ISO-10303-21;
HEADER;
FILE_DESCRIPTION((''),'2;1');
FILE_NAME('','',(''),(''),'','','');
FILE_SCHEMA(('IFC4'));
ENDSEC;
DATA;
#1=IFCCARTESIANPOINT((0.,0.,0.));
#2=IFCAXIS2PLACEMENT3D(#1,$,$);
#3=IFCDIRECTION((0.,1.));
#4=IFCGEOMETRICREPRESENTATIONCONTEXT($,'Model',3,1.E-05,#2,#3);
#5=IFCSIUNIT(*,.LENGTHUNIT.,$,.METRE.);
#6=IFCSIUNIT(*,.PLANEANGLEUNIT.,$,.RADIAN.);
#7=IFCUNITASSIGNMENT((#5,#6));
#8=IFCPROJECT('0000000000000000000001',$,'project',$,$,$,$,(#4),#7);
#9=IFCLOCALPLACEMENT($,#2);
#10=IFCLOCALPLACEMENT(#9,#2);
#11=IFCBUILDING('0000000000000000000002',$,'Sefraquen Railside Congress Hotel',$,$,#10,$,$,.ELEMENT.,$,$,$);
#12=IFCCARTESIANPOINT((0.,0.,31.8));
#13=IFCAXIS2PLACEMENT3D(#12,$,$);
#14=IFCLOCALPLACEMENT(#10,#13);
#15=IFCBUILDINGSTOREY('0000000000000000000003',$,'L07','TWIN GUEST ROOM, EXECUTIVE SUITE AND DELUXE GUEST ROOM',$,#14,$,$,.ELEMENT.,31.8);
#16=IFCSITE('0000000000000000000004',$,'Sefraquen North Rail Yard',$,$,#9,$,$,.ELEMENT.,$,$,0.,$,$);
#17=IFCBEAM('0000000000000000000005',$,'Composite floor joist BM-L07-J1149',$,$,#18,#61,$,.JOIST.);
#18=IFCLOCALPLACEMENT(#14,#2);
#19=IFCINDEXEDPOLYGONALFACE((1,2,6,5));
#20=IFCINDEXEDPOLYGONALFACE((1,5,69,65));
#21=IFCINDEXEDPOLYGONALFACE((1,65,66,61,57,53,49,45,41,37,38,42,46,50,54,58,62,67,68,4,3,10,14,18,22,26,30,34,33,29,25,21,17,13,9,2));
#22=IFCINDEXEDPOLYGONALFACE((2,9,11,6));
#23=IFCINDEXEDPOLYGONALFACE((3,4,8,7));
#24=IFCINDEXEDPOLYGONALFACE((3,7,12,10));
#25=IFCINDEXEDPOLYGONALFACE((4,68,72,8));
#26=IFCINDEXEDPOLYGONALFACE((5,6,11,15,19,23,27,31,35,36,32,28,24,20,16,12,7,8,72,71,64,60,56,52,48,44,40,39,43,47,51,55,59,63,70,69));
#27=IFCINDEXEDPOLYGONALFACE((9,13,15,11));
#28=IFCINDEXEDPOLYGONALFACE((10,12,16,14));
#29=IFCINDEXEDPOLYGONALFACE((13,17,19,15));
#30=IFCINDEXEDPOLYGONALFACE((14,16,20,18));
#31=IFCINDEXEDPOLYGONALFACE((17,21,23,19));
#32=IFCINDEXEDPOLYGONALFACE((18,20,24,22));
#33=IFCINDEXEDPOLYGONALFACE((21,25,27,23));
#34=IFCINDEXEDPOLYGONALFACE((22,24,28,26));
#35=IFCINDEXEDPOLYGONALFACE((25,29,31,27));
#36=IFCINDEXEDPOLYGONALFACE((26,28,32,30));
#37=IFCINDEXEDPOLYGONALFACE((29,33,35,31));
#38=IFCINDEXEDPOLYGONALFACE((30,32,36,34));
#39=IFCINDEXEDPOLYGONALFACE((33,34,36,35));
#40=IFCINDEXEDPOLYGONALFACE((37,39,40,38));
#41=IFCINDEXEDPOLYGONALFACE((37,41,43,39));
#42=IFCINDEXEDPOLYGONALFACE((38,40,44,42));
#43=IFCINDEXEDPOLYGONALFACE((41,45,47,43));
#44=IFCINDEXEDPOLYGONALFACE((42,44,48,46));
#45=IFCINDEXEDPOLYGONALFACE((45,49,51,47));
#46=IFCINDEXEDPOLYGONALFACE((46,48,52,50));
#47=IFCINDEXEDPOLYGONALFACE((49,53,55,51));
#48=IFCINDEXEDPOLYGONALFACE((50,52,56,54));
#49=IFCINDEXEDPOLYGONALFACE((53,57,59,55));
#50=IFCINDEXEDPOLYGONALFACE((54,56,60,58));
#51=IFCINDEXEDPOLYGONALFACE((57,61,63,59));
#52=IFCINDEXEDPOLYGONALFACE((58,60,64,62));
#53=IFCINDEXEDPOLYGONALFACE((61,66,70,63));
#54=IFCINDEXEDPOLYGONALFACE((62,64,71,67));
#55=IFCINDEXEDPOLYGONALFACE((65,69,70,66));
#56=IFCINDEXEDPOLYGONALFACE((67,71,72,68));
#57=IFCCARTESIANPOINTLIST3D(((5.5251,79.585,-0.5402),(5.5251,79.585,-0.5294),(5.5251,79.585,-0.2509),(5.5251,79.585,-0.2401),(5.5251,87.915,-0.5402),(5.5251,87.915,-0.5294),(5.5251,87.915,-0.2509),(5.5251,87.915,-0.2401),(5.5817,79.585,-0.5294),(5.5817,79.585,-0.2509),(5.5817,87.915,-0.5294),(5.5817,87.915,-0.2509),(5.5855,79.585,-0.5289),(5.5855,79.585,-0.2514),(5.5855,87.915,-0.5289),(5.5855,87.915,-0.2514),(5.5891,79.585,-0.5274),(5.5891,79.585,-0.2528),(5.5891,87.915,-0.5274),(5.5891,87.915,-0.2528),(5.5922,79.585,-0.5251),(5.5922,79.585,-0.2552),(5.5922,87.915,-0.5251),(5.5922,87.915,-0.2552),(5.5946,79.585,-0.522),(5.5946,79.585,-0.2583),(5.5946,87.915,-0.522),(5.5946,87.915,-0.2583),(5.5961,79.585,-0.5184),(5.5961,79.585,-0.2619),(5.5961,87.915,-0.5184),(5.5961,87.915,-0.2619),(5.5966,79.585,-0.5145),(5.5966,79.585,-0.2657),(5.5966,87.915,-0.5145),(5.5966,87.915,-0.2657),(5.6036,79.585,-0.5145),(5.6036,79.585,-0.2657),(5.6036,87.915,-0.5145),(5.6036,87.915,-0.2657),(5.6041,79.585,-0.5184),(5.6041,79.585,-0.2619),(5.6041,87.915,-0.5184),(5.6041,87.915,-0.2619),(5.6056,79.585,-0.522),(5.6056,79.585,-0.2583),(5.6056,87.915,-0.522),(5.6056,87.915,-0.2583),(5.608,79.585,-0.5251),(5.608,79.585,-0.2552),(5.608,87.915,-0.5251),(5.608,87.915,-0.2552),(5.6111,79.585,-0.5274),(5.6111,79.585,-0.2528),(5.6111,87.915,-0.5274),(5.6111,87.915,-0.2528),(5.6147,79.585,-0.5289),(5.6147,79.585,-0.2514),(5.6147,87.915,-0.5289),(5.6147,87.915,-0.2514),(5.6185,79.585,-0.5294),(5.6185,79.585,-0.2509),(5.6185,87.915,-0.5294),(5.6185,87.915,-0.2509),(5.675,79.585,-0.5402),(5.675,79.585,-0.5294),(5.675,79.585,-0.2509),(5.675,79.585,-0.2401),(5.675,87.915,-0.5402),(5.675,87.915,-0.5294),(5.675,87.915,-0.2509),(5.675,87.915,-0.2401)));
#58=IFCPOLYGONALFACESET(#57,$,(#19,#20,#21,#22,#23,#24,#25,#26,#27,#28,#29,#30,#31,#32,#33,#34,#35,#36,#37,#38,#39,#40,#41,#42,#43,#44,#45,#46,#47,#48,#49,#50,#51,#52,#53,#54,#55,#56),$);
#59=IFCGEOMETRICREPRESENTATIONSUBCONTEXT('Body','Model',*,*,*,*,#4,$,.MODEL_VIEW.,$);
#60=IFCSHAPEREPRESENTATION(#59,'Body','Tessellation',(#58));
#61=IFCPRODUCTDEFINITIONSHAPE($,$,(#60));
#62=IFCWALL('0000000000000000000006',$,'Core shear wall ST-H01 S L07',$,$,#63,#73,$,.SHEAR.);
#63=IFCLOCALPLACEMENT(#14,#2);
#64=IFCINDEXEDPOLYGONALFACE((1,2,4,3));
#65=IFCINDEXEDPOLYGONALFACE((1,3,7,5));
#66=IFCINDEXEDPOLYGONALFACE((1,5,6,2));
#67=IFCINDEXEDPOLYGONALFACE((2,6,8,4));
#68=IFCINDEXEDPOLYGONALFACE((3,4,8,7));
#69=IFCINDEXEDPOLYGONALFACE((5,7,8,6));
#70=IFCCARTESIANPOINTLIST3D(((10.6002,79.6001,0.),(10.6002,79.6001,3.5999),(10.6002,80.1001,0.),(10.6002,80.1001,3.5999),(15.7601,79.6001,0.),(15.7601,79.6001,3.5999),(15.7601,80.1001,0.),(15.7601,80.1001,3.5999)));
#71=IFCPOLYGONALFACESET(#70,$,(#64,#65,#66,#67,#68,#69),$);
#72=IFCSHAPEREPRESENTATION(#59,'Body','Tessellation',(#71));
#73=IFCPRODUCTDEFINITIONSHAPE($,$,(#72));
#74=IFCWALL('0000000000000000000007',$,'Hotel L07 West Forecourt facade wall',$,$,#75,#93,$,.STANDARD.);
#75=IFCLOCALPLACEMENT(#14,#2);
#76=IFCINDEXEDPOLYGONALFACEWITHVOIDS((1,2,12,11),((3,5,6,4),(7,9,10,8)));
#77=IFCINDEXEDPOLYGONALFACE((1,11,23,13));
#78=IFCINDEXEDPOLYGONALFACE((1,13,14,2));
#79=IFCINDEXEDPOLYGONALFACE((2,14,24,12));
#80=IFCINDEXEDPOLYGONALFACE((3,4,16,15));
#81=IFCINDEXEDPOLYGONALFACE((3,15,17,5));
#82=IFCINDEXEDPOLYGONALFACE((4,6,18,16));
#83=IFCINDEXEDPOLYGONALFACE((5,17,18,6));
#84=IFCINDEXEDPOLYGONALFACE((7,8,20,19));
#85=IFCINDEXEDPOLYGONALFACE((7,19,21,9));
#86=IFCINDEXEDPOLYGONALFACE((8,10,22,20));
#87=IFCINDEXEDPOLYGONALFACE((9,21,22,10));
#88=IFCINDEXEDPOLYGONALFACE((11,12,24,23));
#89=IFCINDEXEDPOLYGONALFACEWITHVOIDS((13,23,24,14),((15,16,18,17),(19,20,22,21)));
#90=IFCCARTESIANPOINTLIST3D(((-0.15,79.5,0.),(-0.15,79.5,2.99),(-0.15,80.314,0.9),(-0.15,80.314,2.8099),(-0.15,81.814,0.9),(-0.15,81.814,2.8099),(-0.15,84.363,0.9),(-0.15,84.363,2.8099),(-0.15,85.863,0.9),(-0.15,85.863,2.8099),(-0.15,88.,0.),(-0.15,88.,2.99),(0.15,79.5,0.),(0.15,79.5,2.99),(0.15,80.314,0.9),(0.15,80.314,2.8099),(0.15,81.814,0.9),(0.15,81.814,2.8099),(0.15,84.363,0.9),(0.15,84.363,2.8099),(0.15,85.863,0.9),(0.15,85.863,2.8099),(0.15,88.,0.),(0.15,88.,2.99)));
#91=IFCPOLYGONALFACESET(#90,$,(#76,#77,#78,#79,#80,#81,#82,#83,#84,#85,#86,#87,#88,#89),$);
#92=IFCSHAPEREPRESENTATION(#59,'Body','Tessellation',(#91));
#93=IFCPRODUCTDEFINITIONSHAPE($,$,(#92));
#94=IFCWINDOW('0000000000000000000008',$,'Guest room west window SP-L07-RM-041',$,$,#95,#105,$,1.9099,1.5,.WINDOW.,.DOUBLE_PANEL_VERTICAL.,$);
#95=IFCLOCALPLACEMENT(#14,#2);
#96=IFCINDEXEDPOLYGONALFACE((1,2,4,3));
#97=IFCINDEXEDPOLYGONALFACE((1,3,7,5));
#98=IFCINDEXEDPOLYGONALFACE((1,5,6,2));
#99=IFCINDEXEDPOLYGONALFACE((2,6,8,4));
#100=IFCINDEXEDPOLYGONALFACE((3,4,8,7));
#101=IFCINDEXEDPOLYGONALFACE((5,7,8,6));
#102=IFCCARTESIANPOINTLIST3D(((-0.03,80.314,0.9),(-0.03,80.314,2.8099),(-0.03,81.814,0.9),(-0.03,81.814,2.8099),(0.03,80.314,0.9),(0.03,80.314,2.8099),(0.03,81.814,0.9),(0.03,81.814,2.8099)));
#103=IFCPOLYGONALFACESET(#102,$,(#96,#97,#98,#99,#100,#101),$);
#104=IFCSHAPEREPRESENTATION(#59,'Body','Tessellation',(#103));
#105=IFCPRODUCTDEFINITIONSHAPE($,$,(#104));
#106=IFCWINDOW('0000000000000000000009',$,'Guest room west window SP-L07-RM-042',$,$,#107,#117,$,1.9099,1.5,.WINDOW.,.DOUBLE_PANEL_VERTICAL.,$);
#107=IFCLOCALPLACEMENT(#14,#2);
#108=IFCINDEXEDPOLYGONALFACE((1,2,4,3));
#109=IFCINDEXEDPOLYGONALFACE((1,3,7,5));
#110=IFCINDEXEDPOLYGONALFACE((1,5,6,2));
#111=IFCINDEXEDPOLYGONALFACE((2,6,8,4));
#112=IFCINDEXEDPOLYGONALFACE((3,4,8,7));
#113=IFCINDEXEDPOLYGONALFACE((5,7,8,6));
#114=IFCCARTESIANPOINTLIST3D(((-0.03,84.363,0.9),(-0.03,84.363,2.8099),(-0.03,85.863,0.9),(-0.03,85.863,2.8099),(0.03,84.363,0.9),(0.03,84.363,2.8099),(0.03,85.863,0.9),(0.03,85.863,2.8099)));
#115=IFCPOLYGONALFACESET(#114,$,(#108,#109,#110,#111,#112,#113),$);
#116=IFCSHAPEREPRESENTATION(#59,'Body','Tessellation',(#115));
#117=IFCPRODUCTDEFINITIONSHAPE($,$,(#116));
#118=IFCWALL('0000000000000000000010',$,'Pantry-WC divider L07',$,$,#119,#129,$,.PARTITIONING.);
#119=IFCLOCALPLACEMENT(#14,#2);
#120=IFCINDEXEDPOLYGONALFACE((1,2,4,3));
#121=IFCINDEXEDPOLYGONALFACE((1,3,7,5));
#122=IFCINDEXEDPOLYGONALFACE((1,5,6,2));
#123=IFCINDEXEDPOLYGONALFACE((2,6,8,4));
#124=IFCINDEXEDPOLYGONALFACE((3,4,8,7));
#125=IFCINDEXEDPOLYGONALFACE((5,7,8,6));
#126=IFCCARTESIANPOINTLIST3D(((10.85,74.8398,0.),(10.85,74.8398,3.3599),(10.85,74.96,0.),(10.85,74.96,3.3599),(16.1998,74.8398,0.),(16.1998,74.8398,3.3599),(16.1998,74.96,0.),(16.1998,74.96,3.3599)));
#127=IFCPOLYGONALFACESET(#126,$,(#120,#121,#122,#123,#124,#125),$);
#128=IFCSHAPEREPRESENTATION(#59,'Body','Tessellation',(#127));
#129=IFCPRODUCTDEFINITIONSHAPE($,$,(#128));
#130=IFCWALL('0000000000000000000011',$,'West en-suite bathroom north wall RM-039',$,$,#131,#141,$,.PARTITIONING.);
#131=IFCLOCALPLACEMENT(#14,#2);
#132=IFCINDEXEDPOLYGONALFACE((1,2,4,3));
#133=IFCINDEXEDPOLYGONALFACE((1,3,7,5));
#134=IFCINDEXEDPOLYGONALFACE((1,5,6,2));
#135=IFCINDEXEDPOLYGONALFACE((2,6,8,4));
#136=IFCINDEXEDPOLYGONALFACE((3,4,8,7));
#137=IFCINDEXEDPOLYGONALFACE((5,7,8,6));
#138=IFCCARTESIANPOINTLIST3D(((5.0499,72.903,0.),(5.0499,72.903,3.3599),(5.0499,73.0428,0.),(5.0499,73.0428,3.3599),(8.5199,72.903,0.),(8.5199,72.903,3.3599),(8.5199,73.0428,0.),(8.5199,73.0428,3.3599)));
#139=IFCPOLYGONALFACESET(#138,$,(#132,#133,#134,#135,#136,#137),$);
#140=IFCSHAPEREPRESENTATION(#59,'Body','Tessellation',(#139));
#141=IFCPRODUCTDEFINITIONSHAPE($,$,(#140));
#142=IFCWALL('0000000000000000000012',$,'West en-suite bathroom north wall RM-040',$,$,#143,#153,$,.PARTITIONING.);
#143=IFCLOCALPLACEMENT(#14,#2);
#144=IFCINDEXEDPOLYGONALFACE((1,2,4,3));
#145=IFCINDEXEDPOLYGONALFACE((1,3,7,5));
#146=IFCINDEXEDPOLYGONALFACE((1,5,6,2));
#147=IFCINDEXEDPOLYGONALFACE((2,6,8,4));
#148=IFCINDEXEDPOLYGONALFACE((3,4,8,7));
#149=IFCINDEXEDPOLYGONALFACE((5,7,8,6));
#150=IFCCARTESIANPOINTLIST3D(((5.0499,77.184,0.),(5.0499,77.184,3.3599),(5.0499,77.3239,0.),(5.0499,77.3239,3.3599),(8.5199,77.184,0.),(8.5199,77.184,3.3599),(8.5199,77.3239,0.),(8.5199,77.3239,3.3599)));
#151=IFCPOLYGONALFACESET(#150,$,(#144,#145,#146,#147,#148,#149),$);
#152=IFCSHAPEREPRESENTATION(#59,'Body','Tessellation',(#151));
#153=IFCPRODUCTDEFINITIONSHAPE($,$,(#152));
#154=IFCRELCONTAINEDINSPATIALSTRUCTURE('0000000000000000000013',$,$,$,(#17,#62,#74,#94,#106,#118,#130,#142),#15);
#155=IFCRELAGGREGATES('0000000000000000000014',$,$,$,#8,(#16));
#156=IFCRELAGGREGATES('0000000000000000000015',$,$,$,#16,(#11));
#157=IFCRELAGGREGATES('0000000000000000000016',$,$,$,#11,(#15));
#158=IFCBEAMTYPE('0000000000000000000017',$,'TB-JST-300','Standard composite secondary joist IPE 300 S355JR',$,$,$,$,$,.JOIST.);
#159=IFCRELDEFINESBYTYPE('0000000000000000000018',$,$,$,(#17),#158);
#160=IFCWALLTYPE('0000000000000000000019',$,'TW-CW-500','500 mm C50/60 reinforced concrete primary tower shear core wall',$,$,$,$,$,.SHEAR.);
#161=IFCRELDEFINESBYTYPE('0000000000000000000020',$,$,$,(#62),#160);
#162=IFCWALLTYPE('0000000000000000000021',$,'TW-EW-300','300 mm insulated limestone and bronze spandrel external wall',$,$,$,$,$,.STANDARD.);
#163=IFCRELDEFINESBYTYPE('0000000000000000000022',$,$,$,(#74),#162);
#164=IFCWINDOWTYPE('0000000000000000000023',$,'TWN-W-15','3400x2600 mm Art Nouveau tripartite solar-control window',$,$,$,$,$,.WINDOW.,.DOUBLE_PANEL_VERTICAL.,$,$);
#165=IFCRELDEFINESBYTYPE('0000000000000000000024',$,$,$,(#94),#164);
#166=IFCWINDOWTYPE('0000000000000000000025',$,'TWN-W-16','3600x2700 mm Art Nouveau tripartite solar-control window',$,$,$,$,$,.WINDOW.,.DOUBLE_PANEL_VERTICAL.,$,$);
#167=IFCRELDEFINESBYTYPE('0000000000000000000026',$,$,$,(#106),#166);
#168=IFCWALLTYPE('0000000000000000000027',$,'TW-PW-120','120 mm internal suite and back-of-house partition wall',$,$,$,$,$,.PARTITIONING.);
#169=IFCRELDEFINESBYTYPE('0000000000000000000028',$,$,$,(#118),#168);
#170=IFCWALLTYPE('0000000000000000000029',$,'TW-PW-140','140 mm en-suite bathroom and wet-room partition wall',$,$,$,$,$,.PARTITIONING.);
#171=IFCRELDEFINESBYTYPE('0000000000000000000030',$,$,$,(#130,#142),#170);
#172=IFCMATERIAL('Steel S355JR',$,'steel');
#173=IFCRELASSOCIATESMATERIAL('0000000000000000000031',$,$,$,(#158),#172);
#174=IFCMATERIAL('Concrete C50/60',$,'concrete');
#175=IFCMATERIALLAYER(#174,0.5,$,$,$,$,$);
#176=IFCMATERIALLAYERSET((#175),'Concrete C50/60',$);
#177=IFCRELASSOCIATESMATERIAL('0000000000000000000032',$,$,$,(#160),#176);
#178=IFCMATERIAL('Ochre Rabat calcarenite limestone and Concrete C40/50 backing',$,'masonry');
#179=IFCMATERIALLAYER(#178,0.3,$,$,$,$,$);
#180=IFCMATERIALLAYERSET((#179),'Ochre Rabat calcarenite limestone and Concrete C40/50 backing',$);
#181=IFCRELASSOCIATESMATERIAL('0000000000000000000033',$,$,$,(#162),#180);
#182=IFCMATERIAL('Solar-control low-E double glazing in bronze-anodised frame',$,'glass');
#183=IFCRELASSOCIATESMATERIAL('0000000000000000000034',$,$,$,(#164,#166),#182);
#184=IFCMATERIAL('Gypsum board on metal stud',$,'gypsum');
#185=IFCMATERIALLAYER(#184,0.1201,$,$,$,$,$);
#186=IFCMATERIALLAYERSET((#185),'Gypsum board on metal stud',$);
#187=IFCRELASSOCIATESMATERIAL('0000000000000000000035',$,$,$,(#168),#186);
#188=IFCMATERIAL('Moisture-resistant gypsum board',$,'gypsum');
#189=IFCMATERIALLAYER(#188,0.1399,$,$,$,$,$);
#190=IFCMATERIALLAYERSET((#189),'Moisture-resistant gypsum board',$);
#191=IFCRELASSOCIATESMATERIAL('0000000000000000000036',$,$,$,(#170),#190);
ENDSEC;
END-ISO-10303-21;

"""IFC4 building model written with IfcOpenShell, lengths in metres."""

from ifc_helpers import new_model, si_unit, direction, frame, frame_2d, origin, origin_2d, place, context, subcontext, project, spatial, rectangle, i_section, extrude, material, layer, layer_set, material_profile, profile_set, type_object, element, fill, save


model = new_model("IFC4")

# Units and contexts
model_context = context("Model", 3, precision=1e-05, world=origin(), true_north=direction((0.0, 1.0)))
body_context = subcontext(model_context, "Body", "Model", "MODEL_VIEW")
ifc_project = project(units=[si_unit("LENGTHUNIT", "METRE"), si_unit("PLANEANGLEUNIT", "RADIAN")], contexts=[model_context])

# Site, building, storey
site_placement = place(None, origin())
site = spatial("IfcSite", under=ifc_project, at=site_placement, Name="Sefraquen North Rail Yard", CompositionType="ELEMENT", RefElevation=0.0)
building_placement = place(site_placement, origin())
building = spatial("IfcBuilding", under=site, at=building_placement, Name="Sefraquen Railside Congress Hotel", CompositionType="ELEMENT")
storey_placement = place(building_placement, frame((0.0, 0.0, 31.8)))
storey = spatial("IfcBuildingStorey", under=building, at=storey_placement, Name="L07", Description="TWIN GUEST ROOM, EXECUTIVE SUITE AND DELUXE GUEST ROOM", CompositionType="ELEMENT", Elevation=31.8)

# Shared definitions
ifc_material_1 = material(Name="Steel S355JR", Category="steel")

# Beam
ifc_material_profile_1 = material_profile(ifc_material_1, i_section(OverallWidth=0.1499, OverallDepth=0.3, WebThickness=0.0071, FlangeThickness=0.0107, FilletRadius=0.0149, at=origin_2d()), Name="IPE 300")
ifc_profile_set_1 = profile_set([ifc_material_profile_1], Name="Steel S355JR")
beam_type_1 = type_object("IfcBeamType", Name="TB-JST-300", Description="Standard composite secondary joist IPE 300 S355JR", PredefinedType="JOIST", material=ifc_profile_set_1)
for number, where, z_axis, x_axis, name in (
    (1, (5.6001, 79.585, -0.3901), (0.0, 1.0, 0.0), (-1.0, 0.0, 0.0), "Composite floor joist BM-L07-J1149"),
):
    element("IfcBeam", number, at=place(storey_placement, frame(where, z_axis=z_axis, x_axis=x_axis)), inside=storey, type_object=beam_type_1, Name=name, PredefinedType="JOIST", context=body_context, shape_type="SweptSolid", body=[
        extrude(i_section(OverallWidth=0.1499, OverallDepth=0.3, WebThickness=0.0071, FlangeThickness=0.0107, FilletRadius=0.0149, at=origin_2d()), origin(), (0.0, 0.0, 1.0), 8.3301),
    ])

# Wall
ifc_material_2 = material(Name="Concrete C50/60", Category="concrete")
ifc_layer_1 = layer(ifc_material_2, 0.5)
ifc_layer_set_1 = layer_set([ifc_layer_1], Name="Concrete C50/60")
wall_type_1 = type_object("IfcWallType", Name="TW-CW-500", Description="500 mm C50/60 reinforced concrete primary tower shear core wall", PredefinedType="SHEAR", material=ifc_layer_set_1)
wall_1_placement = place(storey_placement, frame((10.6001, 79.8501, 0.0), z_axis=(0.0, 0.0, 1.0), x_axis=(1.0, 0.0, 0.0)))
element("IfcWall", 2, at=wall_1_placement, inside=storey, type_object=wall_type_1, Name="Core shear wall ST-H01 S L07", PredefinedType="SHEAR", context=body_context, shape_type="SweptSolid", body=[
    extrude(rectangle(XDim=5.1599, YDim=0.5, at=frame_2d((2.5801, 0.0))), origin(), (0.0, 0.0, 1.0), 3.5999),
])

# Wall, openings, windows
ifc_material_3 = material(Name="Ochre Rabat calcarenite limestone and Concrete C40/50 backing", Category="masonry")
ifc_layer_2 = layer(ifc_material_3, 0.3)
ifc_layer_set_2 = layer_set([ifc_layer_2], Name="Ochre Rabat calcarenite limestone and Concrete C40/50 backing")
wall_type_2 = type_object("IfcWallType", Name="TW-EW-300", Description="300 mm insulated limestone and bronze spandrel external wall", PredefinedType="STANDARD", material=ifc_layer_set_2)
wall_2_placement = place(storey_placement, frame((0.0, 79.5, 0.0), z_axis=(0.0, 0.0, 1.0), x_axis=(0.0, 1.0, 0.0)))
wall_2 = element("IfcWall", 3, at=wall_2_placement, inside=storey, type_object=wall_type_2, Name="Hotel L07 West Forecourt facade wall", PredefinedType="STANDARD", context=body_context, shape_type="SweptSolid", body=[
    extrude(rectangle(XDim=8.5, YDim=0.3, at=frame_2d((4.25, 0.0))), origin(), (0.0, 0.0, 1.0), 2.99),
])
opening_1_placement = place(wall_2_placement, frame((0.814, 0.0, 0.8999)))
opening_1 = element("IfcOpeningElement", 4, at=opening_1_placement, cuts=wall_2, PredefinedType="OPENING", context=body_context, shape_type="SweptSolid", body=[
    extrude(rectangle(XDim=1.5, YDim=1.9099, at=frame_2d((0.75, 0.9551))), frame((0.0, 0.1599, 0.0), z_axis=(0.0, -1.0, 0.0), x_axis=(1.0, 0.0, 0.0)), (0.0, 0.0, 1.0), 0.3201),
])
opening_2_placement = place(wall_2_placement, frame((4.863, 0.0, 0.8999)))
opening_2 = element("IfcOpeningElement", 5, at=opening_2_placement, cuts=wall_2, PredefinedType="OPENING", context=body_context, shape_type="SweptSolid", body=[
    extrude(rectangle(XDim=1.5, YDim=1.9099, at=frame_2d((0.75, 0.9551))), frame((0.0, 0.1599, 0.0), z_axis=(0.0, -1.0, 0.0), x_axis=(1.0, 0.0, 0.0)), (0.0, 0.0, 1.0), 0.3201),
])
ifc_material_4 = material(Name="Solar-control low-E double glazing in bronze-anodised frame", Category="glass")
window_type_1 = type_object("IfcWindowType", Name="TWN-W-15", Description="3400x2600 mm Art Nouveau tripartite solar-control window", PartitioningType="DOUBLE_PANEL_VERTICAL", PredefinedType="WINDOW", material=ifc_material_4)
window_1_placement = place(opening_1_placement, origin())
window_1 = element("IfcWindow", 6, at=window_1_placement, inside=storey, type_object=window_type_1, Name="Guest room west window SP-L07-RM-041", OverallHeight=1.9099, OverallWidth=1.5, PartitioningType="DOUBLE_PANEL_VERTICAL", PredefinedType="WINDOW", context=body_context, shape_type="SweptSolid", body=[
    extrude(rectangle(XDim=1.5, YDim=1.9099, at=frame_2d((0.75, 0.9551))), frame((0.0, 0.03, 0.0), z_axis=(0.0, -1.0, 0.0), x_axis=(1.0, 0.0, 0.0)), (0.0, 0.0, 1.0), 0.0601),
])
fill(opening_1, window_1)
window_type_2 = type_object("IfcWindowType", Name="TWN-W-16", Description="3600x2700 mm Art Nouveau tripartite solar-control window", PartitioningType="DOUBLE_PANEL_VERTICAL", PredefinedType="WINDOW", material=ifc_material_4)
window_2_placement = place(opening_2_placement, origin())
window_2 = element("IfcWindow", 7, at=window_2_placement, inside=storey, type_object=window_type_2, Name="Guest room west window SP-L07-RM-042", OverallHeight=1.9099, OverallWidth=1.5, PartitioningType="DOUBLE_PANEL_VERTICAL", PredefinedType="WINDOW", context=body_context, shape_type="SweptSolid", body=[
    extrude(rectangle(XDim=1.5, YDim=1.9099, at=frame_2d((0.75, 0.9551))), frame((0.0, 0.03, 0.0), z_axis=(0.0, -1.0, 0.0), x_axis=(1.0, 0.0, 0.0)), (0.0, 0.0, 1.0), 0.0601),
])
fill(opening_2, window_2)

# Walls
ifc_material_5 = material(Name="Gypsum board on metal stud", Category="gypsum")
ifc_layer_3 = layer(ifc_material_5, 0.1201)
ifc_layer_set_3 = layer_set([ifc_layer_3], Name="Gypsum board on metal stud")
wall_type_3 = type_object("IfcWallType", Name="TW-PW-120", Description="120 mm internal suite and back-of-house partition wall", PredefinedType="PARTITIONING", material=ifc_layer_set_3)
wall_3_placement = place(storey_placement, frame((10.8501, 74.8999, 0.0), z_axis=(0.0, 0.0, 1.0), x_axis=(1.0, 0.0, 0.0)))
element("IfcWall", 8, at=wall_3_placement, inside=storey, type_object=wall_type_3, Name="Pantry-WC divider L07", PredefinedType="PARTITIONING", context=body_context, shape_type="SweptSolid", body=[
    extrude(rectangle(XDim=5.3499, YDim=0.1201, at=frame_2d((2.6748, 0.0))), origin(), (0.0, 0.0, 1.0), 3.3599),
])
ifc_material_6 = material(Name="Moisture-resistant gypsum board", Category="gypsum")
ifc_layer_4 = layer(ifc_material_6, 0.1399)
ifc_layer_set_4 = layer_set([ifc_layer_4], Name="Moisture-resistant gypsum board")
wall_type_4 = type_object("IfcWallType", Name="TW-PW-140", Description="140 mm en-suite bathroom and wet-room partition wall", PredefinedType="PARTITIONING", material=ifc_layer_set_4)
for number, where, z_axis, x_axis, name in (
    (9, (5.05, 72.9729, 0.0), (0.0, 0.0, 1.0), (1.0, 0.0, 0.0), "West en-suite bathroom north wall RM-039"),
    (10, (5.05, 77.2539, 0.0), (0.0, 0.0, 1.0), (1.0, 0.0, 0.0), "West en-suite bathroom north wall RM-040"),
):
    element("IfcWall", number, at=place(storey_placement, frame(where, z_axis=z_axis, x_axis=x_axis)), inside=storey, type_object=wall_type_4, Name=name, PredefinedType="PARTITIONING", context=body_context, shape_type="SweptSolid", body=[
        extrude(rectangle(XDim=3.47, YDim=0.1399, at=frame_2d((1.7349, 0.0))), origin(), (0.0, 0.0, 1.0), 3.3599),
    ])

save(model, "model.ifc")
